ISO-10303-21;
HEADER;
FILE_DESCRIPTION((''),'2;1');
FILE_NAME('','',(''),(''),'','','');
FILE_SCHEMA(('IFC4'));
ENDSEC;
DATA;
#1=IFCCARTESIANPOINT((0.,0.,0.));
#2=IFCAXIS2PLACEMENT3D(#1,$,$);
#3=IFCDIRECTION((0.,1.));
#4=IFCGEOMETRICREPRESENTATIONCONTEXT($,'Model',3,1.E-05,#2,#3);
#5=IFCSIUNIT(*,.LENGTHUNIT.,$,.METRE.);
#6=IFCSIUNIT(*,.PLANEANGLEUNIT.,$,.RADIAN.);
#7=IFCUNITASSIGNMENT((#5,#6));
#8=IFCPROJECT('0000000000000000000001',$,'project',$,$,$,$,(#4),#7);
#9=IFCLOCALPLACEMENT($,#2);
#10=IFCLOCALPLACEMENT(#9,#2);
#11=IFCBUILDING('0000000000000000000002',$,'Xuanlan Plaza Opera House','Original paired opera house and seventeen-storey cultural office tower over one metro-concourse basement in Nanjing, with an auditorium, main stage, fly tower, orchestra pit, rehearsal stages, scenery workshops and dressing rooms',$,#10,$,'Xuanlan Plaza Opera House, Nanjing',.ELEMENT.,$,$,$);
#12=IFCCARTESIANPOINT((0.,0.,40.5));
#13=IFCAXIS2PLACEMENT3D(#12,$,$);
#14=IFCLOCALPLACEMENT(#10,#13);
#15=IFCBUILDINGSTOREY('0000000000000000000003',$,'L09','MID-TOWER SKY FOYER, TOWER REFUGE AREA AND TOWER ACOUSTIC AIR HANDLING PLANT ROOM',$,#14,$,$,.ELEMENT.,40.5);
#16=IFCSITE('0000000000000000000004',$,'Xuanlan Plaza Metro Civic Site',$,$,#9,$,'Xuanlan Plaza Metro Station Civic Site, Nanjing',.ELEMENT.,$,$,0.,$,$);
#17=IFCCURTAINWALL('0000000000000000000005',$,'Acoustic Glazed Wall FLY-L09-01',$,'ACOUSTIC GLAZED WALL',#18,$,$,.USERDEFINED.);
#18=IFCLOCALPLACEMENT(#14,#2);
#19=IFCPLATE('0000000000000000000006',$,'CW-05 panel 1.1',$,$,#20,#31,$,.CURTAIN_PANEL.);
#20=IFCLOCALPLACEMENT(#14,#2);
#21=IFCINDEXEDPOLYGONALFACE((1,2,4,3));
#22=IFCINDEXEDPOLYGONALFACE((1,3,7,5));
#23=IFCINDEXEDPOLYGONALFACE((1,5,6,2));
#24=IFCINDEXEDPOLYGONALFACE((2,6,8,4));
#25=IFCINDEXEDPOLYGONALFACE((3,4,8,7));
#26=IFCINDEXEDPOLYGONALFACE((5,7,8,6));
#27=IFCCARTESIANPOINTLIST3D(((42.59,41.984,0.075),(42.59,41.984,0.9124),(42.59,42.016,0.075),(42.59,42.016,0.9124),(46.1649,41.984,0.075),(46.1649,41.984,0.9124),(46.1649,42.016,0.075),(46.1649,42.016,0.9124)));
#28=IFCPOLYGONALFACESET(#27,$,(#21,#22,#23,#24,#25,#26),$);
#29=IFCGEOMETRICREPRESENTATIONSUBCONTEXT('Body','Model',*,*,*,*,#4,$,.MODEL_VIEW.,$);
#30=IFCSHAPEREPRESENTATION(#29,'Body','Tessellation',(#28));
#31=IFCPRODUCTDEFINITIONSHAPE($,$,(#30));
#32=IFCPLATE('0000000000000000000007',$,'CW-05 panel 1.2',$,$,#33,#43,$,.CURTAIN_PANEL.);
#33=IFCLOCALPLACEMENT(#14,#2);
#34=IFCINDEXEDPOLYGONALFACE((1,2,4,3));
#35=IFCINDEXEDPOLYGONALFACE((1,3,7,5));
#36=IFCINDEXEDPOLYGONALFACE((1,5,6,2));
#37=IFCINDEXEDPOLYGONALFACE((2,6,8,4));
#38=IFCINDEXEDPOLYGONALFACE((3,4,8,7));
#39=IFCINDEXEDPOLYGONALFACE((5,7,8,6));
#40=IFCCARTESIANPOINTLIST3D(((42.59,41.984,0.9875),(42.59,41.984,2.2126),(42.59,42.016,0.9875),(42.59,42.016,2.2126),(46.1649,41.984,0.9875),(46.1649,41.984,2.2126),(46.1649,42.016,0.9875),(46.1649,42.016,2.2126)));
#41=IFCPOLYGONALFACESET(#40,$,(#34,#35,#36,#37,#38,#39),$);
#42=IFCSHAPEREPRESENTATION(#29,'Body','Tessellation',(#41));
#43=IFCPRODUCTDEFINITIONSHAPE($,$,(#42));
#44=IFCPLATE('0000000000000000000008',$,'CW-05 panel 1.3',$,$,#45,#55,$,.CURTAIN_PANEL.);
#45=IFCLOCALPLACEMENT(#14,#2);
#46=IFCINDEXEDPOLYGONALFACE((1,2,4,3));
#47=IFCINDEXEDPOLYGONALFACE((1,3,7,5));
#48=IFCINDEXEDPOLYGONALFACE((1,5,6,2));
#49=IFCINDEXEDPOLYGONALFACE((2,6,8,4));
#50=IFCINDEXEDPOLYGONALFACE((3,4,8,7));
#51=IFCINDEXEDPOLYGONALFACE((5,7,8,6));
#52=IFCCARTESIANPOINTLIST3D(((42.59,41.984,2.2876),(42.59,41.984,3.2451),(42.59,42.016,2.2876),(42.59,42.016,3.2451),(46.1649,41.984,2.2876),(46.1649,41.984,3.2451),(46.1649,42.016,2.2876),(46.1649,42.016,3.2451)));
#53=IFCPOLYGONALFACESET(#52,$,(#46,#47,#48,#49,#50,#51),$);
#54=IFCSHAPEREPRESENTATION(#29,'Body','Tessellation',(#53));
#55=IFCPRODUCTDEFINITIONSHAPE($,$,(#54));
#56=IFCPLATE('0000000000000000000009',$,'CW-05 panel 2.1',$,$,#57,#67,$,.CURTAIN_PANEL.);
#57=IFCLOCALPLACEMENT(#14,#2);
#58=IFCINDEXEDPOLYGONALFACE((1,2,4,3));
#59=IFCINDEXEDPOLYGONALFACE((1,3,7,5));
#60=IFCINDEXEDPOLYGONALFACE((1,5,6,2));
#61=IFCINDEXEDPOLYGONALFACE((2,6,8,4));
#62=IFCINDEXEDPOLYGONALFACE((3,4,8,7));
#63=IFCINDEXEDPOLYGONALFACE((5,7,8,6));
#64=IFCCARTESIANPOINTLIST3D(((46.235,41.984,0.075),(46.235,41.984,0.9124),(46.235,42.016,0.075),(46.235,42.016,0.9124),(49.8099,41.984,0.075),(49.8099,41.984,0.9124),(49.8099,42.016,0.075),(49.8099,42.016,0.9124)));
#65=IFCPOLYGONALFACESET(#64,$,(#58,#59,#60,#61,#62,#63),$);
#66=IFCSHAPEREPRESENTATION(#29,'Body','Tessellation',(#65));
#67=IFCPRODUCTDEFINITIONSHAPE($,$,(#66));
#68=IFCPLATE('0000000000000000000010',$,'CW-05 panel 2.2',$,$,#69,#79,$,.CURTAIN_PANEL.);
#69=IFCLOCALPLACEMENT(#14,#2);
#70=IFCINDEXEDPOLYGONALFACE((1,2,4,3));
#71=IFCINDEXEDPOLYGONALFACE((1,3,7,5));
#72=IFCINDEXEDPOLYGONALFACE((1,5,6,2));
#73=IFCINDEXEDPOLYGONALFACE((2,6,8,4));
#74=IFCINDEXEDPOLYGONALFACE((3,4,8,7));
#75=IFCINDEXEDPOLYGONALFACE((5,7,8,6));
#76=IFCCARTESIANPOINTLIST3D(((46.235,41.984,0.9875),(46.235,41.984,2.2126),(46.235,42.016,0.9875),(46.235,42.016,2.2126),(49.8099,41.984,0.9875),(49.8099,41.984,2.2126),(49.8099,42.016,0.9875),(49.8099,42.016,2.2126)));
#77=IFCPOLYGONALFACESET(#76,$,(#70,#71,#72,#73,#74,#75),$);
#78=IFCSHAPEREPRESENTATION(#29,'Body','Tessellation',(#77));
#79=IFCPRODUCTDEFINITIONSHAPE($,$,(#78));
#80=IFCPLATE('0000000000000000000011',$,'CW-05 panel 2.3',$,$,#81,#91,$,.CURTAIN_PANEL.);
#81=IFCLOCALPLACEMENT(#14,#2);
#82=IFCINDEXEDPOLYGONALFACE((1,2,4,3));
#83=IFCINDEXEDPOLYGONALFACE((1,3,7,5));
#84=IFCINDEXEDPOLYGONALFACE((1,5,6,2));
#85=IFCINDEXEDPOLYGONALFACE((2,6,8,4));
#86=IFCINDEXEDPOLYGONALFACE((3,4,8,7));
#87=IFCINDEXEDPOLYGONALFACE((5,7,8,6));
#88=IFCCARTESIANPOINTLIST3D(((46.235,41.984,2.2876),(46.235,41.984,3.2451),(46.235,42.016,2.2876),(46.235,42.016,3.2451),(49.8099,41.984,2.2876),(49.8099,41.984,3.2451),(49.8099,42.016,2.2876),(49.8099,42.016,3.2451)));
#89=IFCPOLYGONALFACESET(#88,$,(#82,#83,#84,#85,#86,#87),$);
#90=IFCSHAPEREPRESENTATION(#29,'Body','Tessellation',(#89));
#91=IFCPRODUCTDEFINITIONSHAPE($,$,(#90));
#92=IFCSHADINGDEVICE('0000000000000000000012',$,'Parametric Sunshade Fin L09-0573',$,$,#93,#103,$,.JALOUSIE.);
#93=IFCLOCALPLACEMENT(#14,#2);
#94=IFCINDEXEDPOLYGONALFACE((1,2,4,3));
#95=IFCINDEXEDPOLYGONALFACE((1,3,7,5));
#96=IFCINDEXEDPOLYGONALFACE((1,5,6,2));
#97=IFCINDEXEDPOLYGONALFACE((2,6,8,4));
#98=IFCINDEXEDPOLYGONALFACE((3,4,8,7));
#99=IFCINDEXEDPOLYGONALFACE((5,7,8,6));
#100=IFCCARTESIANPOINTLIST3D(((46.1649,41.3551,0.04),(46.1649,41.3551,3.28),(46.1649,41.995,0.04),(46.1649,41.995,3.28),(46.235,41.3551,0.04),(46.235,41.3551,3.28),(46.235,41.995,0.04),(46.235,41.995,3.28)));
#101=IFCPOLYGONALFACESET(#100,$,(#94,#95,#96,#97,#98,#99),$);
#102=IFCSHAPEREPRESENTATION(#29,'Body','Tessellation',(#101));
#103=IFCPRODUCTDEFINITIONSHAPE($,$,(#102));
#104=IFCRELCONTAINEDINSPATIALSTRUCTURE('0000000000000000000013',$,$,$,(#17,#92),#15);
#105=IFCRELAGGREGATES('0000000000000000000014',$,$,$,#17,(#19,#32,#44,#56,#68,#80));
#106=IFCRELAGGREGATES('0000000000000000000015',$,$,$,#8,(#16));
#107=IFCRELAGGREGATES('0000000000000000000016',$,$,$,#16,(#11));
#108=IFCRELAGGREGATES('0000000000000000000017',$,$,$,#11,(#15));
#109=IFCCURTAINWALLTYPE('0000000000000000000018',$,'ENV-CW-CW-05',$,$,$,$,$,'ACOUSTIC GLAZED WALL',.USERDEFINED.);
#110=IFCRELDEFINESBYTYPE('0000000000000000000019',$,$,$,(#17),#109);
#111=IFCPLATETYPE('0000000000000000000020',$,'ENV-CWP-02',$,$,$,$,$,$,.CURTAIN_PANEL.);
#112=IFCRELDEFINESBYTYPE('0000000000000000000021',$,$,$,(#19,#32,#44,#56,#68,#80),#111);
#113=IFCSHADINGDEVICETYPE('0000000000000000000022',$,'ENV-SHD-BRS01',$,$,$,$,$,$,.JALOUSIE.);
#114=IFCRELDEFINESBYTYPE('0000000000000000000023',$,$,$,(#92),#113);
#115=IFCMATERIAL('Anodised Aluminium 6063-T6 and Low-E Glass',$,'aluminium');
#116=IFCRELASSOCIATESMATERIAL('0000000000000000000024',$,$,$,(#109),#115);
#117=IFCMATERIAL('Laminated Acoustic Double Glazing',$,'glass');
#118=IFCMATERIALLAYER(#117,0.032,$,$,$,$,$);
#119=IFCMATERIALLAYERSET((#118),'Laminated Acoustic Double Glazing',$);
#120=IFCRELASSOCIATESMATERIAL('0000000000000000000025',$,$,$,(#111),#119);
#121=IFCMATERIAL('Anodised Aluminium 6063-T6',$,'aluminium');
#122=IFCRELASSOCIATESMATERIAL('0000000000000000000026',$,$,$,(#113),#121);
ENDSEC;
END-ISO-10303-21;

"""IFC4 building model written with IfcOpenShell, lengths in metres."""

from ifc_helpers import new_model, si_unit, direction, frame, origin, origin_2d, place, context, subcontext, project, spatial, rectangle, extrude, material, layer, layer_set, type_object, element, aggregate, save


model = new_model("IFC4")

# Units and contexts
model_context = context("Model", 3, precision=1e-05, world=origin(), true_north=direction((0.0, 1.0)))
body_context = subcontext(model_context, "Body", "Model", "MODEL_VIEW")
ifc_project = project(units=[si_unit("LENGTHUNIT", "METRE"), si_unit("PLANEANGLEUNIT", "RADIAN")], contexts=[model_context])

# Site, building, storey
site_placement = place(None, origin())
site = spatial("IfcSite", under=ifc_project, at=site_placement, Name="Xuanlan Plaza Metro Civic Site", LongName="Xuanlan Plaza Metro Station Civic Site, Nanjing", CompositionType="ELEMENT", RefElevation=0.0)
building_placement = place(site_placement, origin())
building = spatial("IfcBuilding", under=site, at=building_placement, Name="Xuanlan Plaza Opera House", Description="Original paired opera house and seventeen-storey cultural office tower over one metro-concourse basement in Nanjing, with an auditorium, main stage, fly tower, orchestra pit, rehearsal stages, scenery workshops and dressing rooms", LongName="Xuanlan Plaza Opera House, Nanjing", CompositionType="ELEMENT")
storey_placement = place(building_placement, frame((0.0, 0.0, 40.5)))
storey = spatial("IfcBuildingStorey", under=building, at=storey_placement, Name="L09", Description="MID-TOWER SKY FOYER, TOWER REFUGE AREA AND TOWER ACOUSTIC AIR HANDLING PLANT ROOM", CompositionType="ELEMENT", Elevation=40.5)

# Curtain wall
ifc_material_1 = material(Name="Anodised Aluminium 6063-T6 and Low-E Glass", Category="aluminium")
curtain_wall_type = type_object("IfcCurtainWallType", Name="ENV-CW-CW-05", ElementType="ACOUSTIC GLAZED WALL", PredefinedType="USERDEFINED", material=ifc_material_1)
curtain_wall_1_placement = place(storey_placement, origin())
curtain_wall_1 = element("IfcCurtainWall", 1, at=curtain_wall_1_placement, inside=storey, type_object=curtain_wall_type, Name="Acoustic Glazed Wall FLY-L09-01", ObjectType="ACOUSTIC GLAZED WALL", PredefinedType="USERDEFINED")
ifc_material_2 = material(Name="Anodised Aluminium 6063-T6", Category="aluminium")

# Plates
ifc_material_3 = material(Name="Laminated Acoustic Double Glazing", Category="glass")
ifc_layer = layer(ifc_material_3, 0.032)
ifc_layer_set = layer_set([ifc_layer], Name="Laminated Acoustic Double Glazing")
plate_type = type_object("IfcPlateType", Name="ENV-CWP-02", PredefinedType="CURTAIN_PANEL", material=ifc_layer_set)
plate_1_placement = place(storey_placement, frame((44.3774, 42.0, 0.075), z_axis=(0.0, 0.0, 1.0), x_axis=(1.0, 0.0, 0.0)))
plate_1 = element("IfcPlate", 2, at=plate_1_placement, type_object=plate_type, Name="CW-05 panel 1.1", PredefinedType="CURTAIN_PANEL", context=body_context, shape_type="SweptSolid", body=[
    extrude(rectangle(XDim=3.575, YDim=0.032, at=origin_2d()), origin(), (0.0, 0.0, 1.0), 0.8374),
])
plate_2_placement = place(storey_placement, frame((44.3774, 42.0, 0.9875), z_axis=(0.0, 0.0, 1.0), x_axis=(1.0, 0.0, 0.0)))
plate_2 = element("IfcPlate", 3, at=plate_2_placement, type_object=plate_type, Name="CW-05 panel 1.2", PredefinedType="CURTAIN_PANEL", context=body_context, shape_type="SweptSolid", body=[
    extrude(rectangle(XDim=3.575, YDim=0.032, at=origin_2d()), origin(), (0.0, 0.0, 1.0), 1.2251),
])
plate_3_placement = place(storey_placement, frame((44.3774, 42.0, 2.2876), z_axis=(0.0, 0.0, 1.0), x_axis=(1.0, 0.0, 0.0)))
plate_3 = element("IfcPlate", 4, at=plate_3_placement, type_object=plate_type, Name="CW-05 panel 1.3", PredefinedType="CURTAIN_PANEL", context=body_context, shape_type="SweptSolid", body=[
    extrude(rectangle(XDim=3.575, YDim=0.032, at=origin_2d()), origin(), (0.0, 0.0, 1.0), 0.9575),
])
plate_4_placement = place(storey_placement, frame((48.0225, 42.0, 0.075), z_axis=(0.0, 0.0, 1.0), x_axis=(1.0, 0.0, 0.0)))
plate_4 = element("IfcPlate", 5, at=plate_4_placement, type_object=plate_type, Name="CW-05 panel 2.1", PredefinedType="CURTAIN_PANEL", context=body_context, shape_type="SweptSolid", body=[
    extrude(rectangle(XDim=3.575, YDim=0.032, at=origin_2d()), origin(), (0.0, 0.0, 1.0), 0.8374),
])
plate_5_placement = place(storey_placement, frame((48.0225, 42.0, 0.9875), z_axis=(0.0, 0.0, 1.0), x_axis=(1.0, 0.0, 0.0)))
plate_5 = element("IfcPlate", 6, at=plate_5_placement, type_object=plate_type, Name="CW-05 panel 2.2", PredefinedType="CURTAIN_PANEL", context=body_context, shape_type="SweptSolid", body=[
    extrude(rectangle(XDim=3.575, YDim=0.032, at=origin_2d()), origin(), (0.0, 0.0, 1.0), 1.2251),
])
plate_6_placement = place(storey_placement, frame((48.0225, 42.0, 2.2876), z_axis=(0.0, 0.0, 1.0), x_axis=(1.0, 0.0, 0.0)))
plate_6 = element("IfcPlate", 7, at=plate_6_placement, type_object=plate_type, Name="CW-05 panel 2.3", PredefinedType="CURTAIN_PANEL", context=body_context, shape_type="SweptSolid", body=[
    extrude(rectangle(XDim=3.575, YDim=0.032, at=origin_2d()), origin(), (0.0, 0.0, 1.0), 0.9575),
])
aggregate(curtain_wall_1, [plate_1, plate_2, plate_3, plate_4, plate_5, plate_6])

# Shading device
shading_device_type = type_object("IfcShadingDeviceType", Name="ENV-SHD-BRS01", PredefinedType="JALOUSIE", material=ifc_material_2)
shading_device_placement = place(storey_placement, frame((46.2, 41.675, 0.04), z_axis=(0.0, 0.0, 1.0), x_axis=(0.0, -1.0, 0.0)))
element("IfcShadingDevice", 8, at=shading_device_placement, inside=storey, type_object=shading_device_type, Name="Parametric Sunshade Fin L09-0573", PredefinedType="JALOUSIE", context=body_context, shape_type="SweptSolid", body=[
    extrude(rectangle(XDim=0.6399, YDim=0.0701, at=origin_2d()), origin(), (0.0, 0.0, 1.0), 3.24),
])

save(model, "model.ifc")
